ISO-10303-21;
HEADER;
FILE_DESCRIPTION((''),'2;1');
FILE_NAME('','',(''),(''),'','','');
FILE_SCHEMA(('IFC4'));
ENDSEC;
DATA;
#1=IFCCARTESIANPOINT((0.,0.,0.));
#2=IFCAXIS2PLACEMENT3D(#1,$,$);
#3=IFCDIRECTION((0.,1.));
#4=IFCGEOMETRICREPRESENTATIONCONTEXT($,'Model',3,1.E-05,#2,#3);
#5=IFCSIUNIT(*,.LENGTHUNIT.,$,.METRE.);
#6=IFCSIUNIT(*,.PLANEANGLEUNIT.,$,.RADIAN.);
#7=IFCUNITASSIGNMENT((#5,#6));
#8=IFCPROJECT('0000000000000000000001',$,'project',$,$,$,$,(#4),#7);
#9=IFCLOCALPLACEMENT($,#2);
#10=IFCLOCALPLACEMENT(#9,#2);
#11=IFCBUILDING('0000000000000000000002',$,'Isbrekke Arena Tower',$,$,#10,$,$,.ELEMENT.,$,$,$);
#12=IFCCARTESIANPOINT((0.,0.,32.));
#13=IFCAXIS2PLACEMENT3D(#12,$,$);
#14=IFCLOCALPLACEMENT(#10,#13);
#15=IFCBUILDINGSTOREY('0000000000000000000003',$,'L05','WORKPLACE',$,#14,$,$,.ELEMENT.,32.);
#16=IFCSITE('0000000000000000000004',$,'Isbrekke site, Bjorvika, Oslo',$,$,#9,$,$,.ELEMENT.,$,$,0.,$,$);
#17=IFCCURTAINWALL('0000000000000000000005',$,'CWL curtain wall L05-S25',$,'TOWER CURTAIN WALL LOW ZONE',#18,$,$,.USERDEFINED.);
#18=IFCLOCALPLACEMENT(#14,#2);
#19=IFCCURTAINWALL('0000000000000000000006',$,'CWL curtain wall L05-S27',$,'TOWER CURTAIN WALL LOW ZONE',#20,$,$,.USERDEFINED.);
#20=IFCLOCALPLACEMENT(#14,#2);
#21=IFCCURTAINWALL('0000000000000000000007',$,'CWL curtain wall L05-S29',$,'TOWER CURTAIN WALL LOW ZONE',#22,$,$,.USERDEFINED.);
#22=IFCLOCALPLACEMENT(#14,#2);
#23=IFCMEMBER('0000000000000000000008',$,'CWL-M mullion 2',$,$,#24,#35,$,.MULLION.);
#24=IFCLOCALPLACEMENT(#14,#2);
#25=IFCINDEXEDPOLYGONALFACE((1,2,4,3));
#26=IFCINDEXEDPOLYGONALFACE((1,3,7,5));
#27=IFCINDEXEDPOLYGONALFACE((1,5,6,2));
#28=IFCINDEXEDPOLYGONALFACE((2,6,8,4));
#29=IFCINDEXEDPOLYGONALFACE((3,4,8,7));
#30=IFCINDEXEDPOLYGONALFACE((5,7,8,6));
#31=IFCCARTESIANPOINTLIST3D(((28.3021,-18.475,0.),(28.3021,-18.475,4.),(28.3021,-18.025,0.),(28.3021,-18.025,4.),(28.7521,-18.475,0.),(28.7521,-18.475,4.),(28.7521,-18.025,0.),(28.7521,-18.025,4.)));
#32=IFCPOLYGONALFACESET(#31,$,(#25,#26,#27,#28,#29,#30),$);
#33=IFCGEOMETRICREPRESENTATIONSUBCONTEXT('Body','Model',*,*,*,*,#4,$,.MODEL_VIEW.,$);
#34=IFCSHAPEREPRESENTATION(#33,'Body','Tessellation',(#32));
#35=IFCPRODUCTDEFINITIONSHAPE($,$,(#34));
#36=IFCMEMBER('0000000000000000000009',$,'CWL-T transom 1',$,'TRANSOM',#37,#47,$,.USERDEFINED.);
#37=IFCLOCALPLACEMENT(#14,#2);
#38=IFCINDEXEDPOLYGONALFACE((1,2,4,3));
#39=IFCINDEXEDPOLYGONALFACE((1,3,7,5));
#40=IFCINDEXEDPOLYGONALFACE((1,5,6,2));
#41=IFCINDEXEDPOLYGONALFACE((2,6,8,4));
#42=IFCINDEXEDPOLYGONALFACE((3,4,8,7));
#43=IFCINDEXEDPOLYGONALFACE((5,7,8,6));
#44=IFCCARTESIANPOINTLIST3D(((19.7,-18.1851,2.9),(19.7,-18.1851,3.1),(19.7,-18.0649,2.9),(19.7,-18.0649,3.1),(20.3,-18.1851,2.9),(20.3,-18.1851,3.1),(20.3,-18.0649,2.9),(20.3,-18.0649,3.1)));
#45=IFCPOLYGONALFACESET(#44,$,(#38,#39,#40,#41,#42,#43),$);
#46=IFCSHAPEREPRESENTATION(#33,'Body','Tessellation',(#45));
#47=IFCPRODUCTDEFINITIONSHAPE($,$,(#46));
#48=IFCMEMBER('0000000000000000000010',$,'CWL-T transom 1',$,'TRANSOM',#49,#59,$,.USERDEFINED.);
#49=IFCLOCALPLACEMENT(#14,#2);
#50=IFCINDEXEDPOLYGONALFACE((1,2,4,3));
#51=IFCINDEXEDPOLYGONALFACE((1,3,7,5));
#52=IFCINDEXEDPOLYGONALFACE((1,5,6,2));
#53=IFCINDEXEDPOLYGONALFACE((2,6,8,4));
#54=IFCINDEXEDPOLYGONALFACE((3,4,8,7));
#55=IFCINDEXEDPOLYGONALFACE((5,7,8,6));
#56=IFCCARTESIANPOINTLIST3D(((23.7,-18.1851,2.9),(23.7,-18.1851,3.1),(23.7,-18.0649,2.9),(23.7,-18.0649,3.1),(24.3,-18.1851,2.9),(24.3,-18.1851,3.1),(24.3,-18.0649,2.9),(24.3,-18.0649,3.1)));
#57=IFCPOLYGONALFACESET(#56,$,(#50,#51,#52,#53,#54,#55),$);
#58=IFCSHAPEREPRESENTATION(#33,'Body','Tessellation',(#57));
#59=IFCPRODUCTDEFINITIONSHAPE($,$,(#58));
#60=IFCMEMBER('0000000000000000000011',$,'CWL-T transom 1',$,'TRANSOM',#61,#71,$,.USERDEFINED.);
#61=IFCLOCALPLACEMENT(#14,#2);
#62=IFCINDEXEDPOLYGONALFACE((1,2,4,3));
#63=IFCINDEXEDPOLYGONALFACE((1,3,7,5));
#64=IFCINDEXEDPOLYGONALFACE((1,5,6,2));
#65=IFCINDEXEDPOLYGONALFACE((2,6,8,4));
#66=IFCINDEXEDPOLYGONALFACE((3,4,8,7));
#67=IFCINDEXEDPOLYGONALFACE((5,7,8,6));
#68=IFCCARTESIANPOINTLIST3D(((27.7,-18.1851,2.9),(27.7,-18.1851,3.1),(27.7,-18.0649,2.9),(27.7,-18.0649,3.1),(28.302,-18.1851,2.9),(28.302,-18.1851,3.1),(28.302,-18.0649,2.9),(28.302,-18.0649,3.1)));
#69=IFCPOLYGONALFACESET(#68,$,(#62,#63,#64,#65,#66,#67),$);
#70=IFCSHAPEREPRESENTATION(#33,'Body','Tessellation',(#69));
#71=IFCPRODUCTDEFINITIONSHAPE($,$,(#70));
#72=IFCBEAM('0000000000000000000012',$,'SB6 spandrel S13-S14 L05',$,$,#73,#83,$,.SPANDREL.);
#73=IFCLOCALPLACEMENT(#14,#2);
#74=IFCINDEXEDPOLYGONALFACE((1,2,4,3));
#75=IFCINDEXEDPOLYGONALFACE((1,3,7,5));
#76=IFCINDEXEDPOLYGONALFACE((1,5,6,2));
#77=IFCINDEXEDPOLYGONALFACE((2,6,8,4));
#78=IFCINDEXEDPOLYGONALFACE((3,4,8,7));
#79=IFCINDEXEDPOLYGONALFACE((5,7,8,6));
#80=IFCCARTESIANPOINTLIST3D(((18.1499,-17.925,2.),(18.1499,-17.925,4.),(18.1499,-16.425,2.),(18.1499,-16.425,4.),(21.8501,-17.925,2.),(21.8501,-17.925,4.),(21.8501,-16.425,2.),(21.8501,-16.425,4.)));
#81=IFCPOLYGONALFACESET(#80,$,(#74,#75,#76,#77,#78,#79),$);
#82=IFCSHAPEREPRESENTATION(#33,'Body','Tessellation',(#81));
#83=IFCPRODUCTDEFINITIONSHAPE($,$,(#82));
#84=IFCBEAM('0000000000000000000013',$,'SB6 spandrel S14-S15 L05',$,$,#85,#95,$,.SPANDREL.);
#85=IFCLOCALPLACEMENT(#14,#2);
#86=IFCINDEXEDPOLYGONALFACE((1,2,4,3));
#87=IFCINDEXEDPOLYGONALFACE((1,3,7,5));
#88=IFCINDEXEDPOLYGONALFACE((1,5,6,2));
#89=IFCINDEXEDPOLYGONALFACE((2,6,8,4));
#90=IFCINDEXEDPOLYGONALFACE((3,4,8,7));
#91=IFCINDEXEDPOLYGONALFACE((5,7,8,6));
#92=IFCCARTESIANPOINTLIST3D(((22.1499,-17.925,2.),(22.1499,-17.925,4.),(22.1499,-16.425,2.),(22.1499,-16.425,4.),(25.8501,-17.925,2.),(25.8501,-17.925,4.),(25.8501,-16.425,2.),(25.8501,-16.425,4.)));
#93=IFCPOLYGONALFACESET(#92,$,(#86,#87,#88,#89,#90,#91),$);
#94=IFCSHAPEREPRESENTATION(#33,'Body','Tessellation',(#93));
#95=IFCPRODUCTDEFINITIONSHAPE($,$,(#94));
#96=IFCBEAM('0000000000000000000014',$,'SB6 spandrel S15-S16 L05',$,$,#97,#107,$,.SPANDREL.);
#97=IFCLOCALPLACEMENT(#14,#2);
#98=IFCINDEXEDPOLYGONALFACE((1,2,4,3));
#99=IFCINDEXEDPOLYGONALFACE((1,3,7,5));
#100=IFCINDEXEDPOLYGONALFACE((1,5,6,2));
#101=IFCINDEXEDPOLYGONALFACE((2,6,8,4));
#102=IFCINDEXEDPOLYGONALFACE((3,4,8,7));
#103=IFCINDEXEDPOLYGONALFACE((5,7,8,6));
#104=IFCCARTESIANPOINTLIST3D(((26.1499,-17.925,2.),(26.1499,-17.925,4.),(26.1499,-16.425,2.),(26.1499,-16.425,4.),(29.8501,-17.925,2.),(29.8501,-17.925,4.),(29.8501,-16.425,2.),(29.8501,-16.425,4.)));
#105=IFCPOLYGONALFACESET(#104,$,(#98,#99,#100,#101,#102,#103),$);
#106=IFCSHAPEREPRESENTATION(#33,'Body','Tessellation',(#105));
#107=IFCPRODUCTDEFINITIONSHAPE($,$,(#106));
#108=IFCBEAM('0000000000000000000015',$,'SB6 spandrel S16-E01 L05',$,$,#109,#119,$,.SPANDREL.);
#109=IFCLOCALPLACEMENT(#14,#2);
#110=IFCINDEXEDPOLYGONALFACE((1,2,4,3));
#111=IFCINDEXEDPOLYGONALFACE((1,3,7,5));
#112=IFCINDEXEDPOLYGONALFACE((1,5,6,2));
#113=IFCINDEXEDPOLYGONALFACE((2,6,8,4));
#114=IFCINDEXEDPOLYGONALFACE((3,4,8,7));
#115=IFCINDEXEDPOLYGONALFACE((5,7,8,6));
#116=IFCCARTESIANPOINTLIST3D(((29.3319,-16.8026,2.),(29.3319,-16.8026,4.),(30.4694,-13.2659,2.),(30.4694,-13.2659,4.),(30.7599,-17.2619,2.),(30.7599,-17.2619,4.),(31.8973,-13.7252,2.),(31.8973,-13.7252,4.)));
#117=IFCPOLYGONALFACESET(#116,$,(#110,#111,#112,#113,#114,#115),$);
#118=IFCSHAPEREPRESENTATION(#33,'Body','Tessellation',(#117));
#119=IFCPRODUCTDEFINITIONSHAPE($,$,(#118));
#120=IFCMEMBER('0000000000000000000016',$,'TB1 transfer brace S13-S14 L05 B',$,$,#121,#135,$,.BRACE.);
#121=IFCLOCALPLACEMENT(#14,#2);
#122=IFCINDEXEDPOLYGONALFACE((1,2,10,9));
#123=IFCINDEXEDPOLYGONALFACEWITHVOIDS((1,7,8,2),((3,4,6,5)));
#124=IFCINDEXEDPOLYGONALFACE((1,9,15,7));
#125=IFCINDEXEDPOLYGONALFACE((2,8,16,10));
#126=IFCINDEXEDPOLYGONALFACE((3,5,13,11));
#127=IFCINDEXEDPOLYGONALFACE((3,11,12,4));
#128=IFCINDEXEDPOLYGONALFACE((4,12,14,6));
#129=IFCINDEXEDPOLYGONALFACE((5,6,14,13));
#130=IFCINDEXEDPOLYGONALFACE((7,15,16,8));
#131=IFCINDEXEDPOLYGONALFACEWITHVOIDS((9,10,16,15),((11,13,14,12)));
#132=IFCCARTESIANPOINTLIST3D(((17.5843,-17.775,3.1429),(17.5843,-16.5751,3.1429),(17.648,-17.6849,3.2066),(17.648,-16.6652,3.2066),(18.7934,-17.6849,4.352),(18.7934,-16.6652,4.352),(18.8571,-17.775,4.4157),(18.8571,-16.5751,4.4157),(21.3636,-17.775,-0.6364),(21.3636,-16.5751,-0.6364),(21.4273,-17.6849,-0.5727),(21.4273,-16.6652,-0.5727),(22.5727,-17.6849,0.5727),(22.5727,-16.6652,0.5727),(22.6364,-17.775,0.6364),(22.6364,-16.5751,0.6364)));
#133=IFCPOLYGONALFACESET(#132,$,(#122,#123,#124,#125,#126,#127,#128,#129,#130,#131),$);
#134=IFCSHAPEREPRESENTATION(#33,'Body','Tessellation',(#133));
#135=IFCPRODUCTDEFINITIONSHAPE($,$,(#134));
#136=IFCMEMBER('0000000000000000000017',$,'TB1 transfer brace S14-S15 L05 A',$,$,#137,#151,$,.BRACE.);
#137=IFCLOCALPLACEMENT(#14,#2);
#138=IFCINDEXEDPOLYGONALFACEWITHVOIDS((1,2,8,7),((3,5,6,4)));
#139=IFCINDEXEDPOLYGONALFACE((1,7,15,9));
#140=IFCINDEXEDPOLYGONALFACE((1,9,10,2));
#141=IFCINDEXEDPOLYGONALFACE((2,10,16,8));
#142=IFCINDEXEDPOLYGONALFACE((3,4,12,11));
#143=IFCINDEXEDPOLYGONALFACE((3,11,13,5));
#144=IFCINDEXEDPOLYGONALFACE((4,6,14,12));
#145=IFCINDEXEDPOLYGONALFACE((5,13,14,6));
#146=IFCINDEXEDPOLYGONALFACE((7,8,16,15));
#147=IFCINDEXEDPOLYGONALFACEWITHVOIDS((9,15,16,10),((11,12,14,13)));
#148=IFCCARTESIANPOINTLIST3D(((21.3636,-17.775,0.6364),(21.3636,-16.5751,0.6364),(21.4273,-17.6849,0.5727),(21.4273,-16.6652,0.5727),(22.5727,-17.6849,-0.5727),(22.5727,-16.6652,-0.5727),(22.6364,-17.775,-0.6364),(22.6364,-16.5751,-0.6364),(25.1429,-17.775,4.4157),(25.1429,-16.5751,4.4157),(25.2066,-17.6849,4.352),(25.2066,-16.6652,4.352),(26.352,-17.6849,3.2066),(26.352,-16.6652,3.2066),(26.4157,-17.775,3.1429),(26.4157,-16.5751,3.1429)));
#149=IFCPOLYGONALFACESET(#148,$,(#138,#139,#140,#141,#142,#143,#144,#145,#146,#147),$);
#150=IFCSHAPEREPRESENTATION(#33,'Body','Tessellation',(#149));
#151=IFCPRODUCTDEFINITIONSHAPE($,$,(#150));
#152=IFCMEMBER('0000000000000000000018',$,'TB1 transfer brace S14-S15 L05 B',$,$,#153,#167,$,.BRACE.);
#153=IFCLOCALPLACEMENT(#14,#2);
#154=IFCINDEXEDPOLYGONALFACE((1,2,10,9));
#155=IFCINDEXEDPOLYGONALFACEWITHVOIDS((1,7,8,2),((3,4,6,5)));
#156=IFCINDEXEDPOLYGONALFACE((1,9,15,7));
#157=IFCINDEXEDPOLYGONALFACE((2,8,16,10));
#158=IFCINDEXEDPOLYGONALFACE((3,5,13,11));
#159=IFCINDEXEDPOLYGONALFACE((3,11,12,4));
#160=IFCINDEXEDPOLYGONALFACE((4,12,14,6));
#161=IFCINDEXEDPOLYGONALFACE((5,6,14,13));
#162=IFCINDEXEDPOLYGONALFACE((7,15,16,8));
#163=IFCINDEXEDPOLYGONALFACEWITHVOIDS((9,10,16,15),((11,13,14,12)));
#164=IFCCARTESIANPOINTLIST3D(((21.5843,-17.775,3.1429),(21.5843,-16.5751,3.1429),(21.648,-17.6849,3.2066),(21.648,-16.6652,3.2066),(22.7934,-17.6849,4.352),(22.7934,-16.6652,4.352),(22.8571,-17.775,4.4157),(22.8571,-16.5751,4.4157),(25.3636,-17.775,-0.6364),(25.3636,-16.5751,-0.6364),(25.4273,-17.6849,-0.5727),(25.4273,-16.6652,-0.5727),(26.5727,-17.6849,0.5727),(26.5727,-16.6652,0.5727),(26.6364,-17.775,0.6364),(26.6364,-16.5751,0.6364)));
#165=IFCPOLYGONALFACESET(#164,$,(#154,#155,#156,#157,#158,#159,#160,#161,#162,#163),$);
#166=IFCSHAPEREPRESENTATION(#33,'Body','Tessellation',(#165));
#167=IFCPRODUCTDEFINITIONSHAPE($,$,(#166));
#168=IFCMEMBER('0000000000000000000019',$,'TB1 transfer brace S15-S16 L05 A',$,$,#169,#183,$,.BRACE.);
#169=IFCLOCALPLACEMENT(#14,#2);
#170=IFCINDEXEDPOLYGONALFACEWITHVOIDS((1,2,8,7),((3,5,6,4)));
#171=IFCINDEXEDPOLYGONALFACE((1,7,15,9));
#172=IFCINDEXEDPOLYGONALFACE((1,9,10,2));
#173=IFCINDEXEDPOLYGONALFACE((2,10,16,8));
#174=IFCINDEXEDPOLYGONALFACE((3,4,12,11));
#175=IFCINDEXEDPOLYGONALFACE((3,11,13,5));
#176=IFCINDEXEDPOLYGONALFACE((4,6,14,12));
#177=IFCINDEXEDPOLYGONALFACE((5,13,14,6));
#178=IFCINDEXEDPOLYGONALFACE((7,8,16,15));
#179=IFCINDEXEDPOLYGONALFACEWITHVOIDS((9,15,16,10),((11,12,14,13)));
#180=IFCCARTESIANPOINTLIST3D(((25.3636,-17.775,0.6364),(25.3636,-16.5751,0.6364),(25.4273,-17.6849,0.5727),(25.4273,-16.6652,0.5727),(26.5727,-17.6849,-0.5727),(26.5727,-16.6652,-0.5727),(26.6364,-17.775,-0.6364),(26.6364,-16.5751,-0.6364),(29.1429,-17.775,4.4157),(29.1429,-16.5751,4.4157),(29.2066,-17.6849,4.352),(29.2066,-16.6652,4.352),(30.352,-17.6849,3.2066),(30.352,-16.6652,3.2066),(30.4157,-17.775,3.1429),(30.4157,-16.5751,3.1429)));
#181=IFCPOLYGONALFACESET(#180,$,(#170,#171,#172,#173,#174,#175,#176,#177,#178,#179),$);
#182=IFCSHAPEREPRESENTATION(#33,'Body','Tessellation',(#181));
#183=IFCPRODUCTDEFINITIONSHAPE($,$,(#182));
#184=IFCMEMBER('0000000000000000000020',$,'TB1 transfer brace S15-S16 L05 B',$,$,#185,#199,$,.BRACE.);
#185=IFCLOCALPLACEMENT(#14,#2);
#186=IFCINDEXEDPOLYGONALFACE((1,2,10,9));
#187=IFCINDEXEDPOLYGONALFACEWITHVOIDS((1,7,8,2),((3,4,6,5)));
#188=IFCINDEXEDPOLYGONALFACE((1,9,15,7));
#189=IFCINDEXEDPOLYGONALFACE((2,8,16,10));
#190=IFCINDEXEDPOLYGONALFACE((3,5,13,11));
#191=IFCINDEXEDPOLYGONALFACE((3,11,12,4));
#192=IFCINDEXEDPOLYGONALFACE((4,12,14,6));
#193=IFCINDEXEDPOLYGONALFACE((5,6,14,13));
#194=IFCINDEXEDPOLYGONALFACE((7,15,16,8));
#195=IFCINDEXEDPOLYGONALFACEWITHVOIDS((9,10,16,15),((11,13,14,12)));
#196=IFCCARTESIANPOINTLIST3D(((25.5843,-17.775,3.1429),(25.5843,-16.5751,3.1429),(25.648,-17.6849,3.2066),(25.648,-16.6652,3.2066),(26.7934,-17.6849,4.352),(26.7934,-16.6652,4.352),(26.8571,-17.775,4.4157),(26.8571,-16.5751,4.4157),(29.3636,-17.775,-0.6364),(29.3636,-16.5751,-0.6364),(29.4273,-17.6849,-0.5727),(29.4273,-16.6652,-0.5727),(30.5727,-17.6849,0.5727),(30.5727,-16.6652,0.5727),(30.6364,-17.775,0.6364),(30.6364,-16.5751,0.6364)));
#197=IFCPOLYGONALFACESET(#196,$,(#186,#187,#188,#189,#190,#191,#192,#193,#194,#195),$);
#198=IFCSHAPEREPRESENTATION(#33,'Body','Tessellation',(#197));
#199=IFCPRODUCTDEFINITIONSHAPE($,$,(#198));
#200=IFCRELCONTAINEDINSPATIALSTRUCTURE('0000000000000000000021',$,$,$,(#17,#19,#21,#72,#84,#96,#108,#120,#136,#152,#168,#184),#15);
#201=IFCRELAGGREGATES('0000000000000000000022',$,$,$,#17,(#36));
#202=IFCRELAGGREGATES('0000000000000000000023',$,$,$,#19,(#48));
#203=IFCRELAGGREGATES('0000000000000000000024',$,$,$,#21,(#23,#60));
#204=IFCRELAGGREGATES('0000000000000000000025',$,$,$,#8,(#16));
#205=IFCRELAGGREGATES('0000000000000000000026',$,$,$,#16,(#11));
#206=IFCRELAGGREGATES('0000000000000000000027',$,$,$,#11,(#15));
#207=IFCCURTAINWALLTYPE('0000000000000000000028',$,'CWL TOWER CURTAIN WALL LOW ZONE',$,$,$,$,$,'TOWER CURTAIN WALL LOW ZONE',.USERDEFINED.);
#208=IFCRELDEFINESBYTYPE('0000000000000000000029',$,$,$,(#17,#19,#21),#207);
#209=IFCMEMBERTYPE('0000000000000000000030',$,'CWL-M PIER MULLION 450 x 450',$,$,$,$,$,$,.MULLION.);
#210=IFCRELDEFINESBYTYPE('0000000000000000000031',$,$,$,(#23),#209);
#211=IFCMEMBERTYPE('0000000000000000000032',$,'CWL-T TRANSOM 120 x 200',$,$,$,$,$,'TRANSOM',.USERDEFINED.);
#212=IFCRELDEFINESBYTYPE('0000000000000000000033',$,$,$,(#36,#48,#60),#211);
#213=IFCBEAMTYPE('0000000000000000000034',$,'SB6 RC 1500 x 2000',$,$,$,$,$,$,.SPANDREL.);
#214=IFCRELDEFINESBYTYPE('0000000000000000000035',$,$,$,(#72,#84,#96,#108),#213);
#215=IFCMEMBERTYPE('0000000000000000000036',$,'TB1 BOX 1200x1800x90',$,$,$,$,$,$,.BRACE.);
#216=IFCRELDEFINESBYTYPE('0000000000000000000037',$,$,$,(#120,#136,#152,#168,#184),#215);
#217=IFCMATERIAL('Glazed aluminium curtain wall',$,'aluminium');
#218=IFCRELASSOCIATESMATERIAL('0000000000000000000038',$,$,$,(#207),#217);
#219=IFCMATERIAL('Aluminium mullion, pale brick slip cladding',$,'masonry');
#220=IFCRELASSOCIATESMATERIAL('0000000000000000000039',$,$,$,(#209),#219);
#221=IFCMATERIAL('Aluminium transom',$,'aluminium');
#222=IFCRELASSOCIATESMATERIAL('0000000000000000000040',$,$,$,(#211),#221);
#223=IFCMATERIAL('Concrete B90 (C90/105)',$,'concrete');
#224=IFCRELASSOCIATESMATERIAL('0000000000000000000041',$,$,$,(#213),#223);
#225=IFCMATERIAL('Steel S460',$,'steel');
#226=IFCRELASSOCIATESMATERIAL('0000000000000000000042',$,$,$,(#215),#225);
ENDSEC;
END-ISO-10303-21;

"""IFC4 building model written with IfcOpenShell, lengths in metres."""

from ifc_helpers import new_model, si_unit, direction, frame, origin, origin_2d, place, context, subcontext, project, spatial, rectangle, hollow_rectangle, extrude, material, material_profile, profile_set, type_object, element, aggregate, save


model = new_model("IFC4")

# Units and contexts
model_context = context("Model", 3, precision=1e-05, world=origin(), true_north=direction((0.0, 1.0)))
body_context = subcontext(model_context, "Body", "Model", "MODEL_VIEW")
ifc_project = project(units=[si_unit("LENGTHUNIT", "METRE"), si_unit("PLANEANGLEUNIT", "RADIAN")], contexts=[model_context])

# Site, building, storey
site_placement = place(None, origin())
site = spatial("IfcSite", under=ifc_project, at=site_placement, Name="Isbrekke site, Bjorvika, Oslo", CompositionType="ELEMENT", RefElevation=0.0)
building_placement = place(site_placement, origin())
building = spatial("IfcBuilding", under=site, at=building_placement, Name="Isbrekke Arena Tower", CompositionType="ELEMENT")
storey_placement = place(building_placement, frame((0.0, 0.0, 32.0)))
storey = spatial("IfcBuildingStorey", under=building, at=storey_placement, Name="L05", Description="WORKPLACE", CompositionType="ELEMENT", Elevation=32.0)

# Curtain walls, member
ifc_material_1 = material(Name="Glazed aluminium curtain wall", Category="aluminium")
curtain_wall_type = type_object("IfcCurtainWallType", Name="CWL TOWER CURTAIN WALL LOW ZONE", ElementType="TOWER CURTAIN WALL LOW ZONE", PredefinedType="USERDEFINED", material=ifc_material_1)
curtain_wall_1_placement = place(storey_placement, origin())
curtain_wall_1 = element("IfcCurtainWall", 1, at=curtain_wall_1_placement, inside=storey, type_object=curtain_wall_type, Name="CWL curtain wall L05-S25", ObjectType="TOWER CURTAIN WALL LOW ZONE", PredefinedType="USERDEFINED")
ifc_material_2 = material(Name="Aluminium mullion, pale brick slip cladding", Category="masonry")
ifc_material_profile_1 = material_profile(ifc_material_2, rectangle(XDim=0.45, YDim=0.45, at=origin_2d()), Name="PIER 450X450")
ifc_profile_set_1 = profile_set([ifc_material_profile_1], Name="Aluminium mullion, pale brick slip cladding")
member_type_1 = type_object("IfcMemberType", Name="CWL-M PIER MULLION 450 x 450", PredefinedType="MULLION", material=ifc_profile_set_1)
curtain_wall_2_placement = place(storey_placement, origin())
curtain_wall_2 = element("IfcCurtainWall", 2, at=curtain_wall_2_placement, inside=storey, type_object=curtain_wall_type, Name="CWL curtain wall L05-S27", ObjectType="TOWER CURTAIN WALL LOW ZONE", PredefinedType="USERDEFINED")
curtain_wall_3_placement = place(storey_placement, origin())
curtain_wall_3 = element("IfcCurtainWall", 3, at=curtain_wall_3_placement, inside=storey, type_object=curtain_wall_type, Name="CWL curtain wall L05-S29", ObjectType="TOWER CURTAIN WALL LOW ZONE", PredefinedType="USERDEFINED")
member_1_placement = place(storey_placement, frame((28.5271, -18.25, 0.0), z_axis=(0.0, 0.0, 1.0), x_axis=(1.0, 0.0, 0.0)))
member_1 = element("IfcMember", 4, at=member_1_placement, type_object=member_type_1, Name="CWL-M mullion 2", PredefinedType="MULLION", context=body_context, shape_type="SweptSolid", body=[
    extrude(rectangle(XDim=0.45, YDim=0.45, at=origin_2d()), origin(), (0.0, 0.0, 1.0), 4.0),
])

# Members
ifc_material_3 = material(Name="Aluminium transom", Category="aluminium")
ifc_material_profile_2 = material_profile(ifc_material_3, rectangle(XDim=0.1201, YDim=0.2, at=origin_2d()), Name="TRANSOM 120X200")
ifc_profile_set_2 = profile_set([ifc_material_profile_2], Name="Aluminium transom")
member_type_2 = type_object("IfcMemberType", Name="CWL-T TRANSOM 120 x 200", ElementType="TRANSOM", PredefinedType="USERDEFINED", material=ifc_profile_set_2)
member_2_placement = place(storey_placement, frame((19.7, -18.125, 3.0), z_axis=(1.0, 0.0, 0.0), x_axis=(0.0, 1.0, 0.0)))
member_2 = element("IfcMember", 5, at=member_2_placement, type_object=member_type_2, Name="CWL-T transom 1", ObjectType="TRANSOM", PredefinedType="USERDEFINED", context=body_context, shape_type="SweptSolid", body=[
    extrude(rectangle(XDim=0.1201, YDim=0.2, at=origin_2d()), origin(), (0.0, 0.0, 1.0), 0.6001),
])
member_3_placement = place(storey_placement, frame((23.7, -18.125, 3.0), z_axis=(1.0, 0.0, 0.0), x_axis=(0.0, 1.0, 0.0)))
member_3 = element("IfcMember", 6, at=member_3_placement, type_object=member_type_2, Name="CWL-T transom 1", ObjectType="TRANSOM", PredefinedType="USERDEFINED", context=body_context, shape_type="SweptSolid", body=[
    extrude(rectangle(XDim=0.1201, YDim=0.2, at=origin_2d()), origin(), (0.0, 0.0, 1.0), 0.6001),
])
member_4_placement = place(storey_placement, frame((27.7, -18.125, 3.0), z_axis=(1.0, 0.0, 0.0), x_axis=(0.0, 1.0, 0.0)))
member_4 = element("IfcMember", 7, at=member_4_placement, type_object=member_type_2, Name="CWL-T transom 1", ObjectType="TRANSOM", PredefinedType="USERDEFINED", context=body_context, shape_type="SweptSolid", body=[
    extrude(rectangle(XDim=0.1201, YDim=0.2, at=origin_2d()), origin(), (0.0, 0.0, 1.0), 0.6021),
])

# Beams
ifc_material_4 = material(Name="Concrete B90 (C90/105)", Category="concrete")
ifc_material_profile_3 = material_profile(ifc_material_4, rectangle(XDim=1.5, YDim=2.0, at=origin_2d()), Name="RC 1500x2000")
ifc_profile_set_3 = profile_set([ifc_material_profile_3], Name="Concrete B90 (C90/105)")
beam_type_1 = type_object("IfcBeamType", Name="SB6 RC 1500 x 2000", PredefinedType="SPANDREL", material=ifc_profile_set_3)
for number, where, z_axis, x_axis, name in (
    (8, (18.1499, -17.175, 3.0), (1.0, 0.0, 0.0), (0.0, 1.0, 0.0), "SB6 spandrel S13-S14 L05"),
    (9, (22.1499, -17.175, 3.0), (1.0, 0.0, 0.0), (0.0, 1.0, 0.0), "SB6 spandrel S14-S15 L05"),
    (10, (26.1499, -17.175, 3.0), (1.0, 0.0, 0.0), (0.0, 1.0, 0.0), "SB6 spandrel S15-S16 L05"),
):
    element("IfcBeam", number, at=place(storey_placement, frame(where, z_axis=z_axis, x_axis=x_axis)), inside=storey, type_object=beam_type_1, Name=name, PredefinedType="SPANDREL", context=body_context, shape_type="SweptSolid", body=[
        extrude(rectangle(XDim=1.5, YDim=2.0, at=origin_2d()), origin(), (0.0, 0.0, 1.0), 3.7002),
    ])
beam_placement = place(storey_placement, frame((30.0459, -17.0322, 3.0), z_axis=(0.306175, 0.951975, 0.0), x_axis=(-0.951975, 0.306175, 0.0)))
element("IfcBeam", 11, at=beam_placement, inside=storey, type_object=beam_type_1, Name="SB6 spandrel S16-E01 L05", PredefinedType="SPANDREL", context=body_context, shape_type="SweptSolid", body=[
    extrude(rectangle(XDim=1.5, YDim=2.0, at=origin_2d()), origin(), (0.0, 0.0, 1.0), 3.7151),
])

# Members
ifc_material_5 = material(Name="Steel S460", Category="steel")
ifc_material_profile_4 = material_profile(ifc_material_5, hollow_rectangle(XDim=1.2, YDim=1.8, WallThickness=0.0901, at=origin_2d()), Name="BOX 1200x1800x90")
ifc_profile_set_4 = profile_set([ifc_material_profile_4], Name="Steel S460")
member_type_3 = type_object("IfcMemberType", Name="TB1 BOX 1200x1800x90", PredefinedType="BRACE", material=ifc_profile_set_4)
for number, where, z_axis, x_axis, name in (
    (12, (18.2207, -17.175, 3.7793), (0.707107, 0.0, -0.707107), (0.0, 1.0, 0.0), "TB1 transfer brace S13-S14 L05 B"),
    (13, (22.0, -17.175, 0.0), (0.707107, 0.0, 0.707107), (0.0, 1.0, 0.0), "TB1 transfer brace S14-S15 L05 A"),
    (14, (22.2207, -17.175, 3.7793), (0.707107, 0.0, -0.707107), (0.0, 1.0, 0.0), "TB1 transfer brace S14-S15 L05 B"),
    (15, (26.0, -17.175, 0.0), (0.707107, 0.0, 0.707107), (0.0, 1.0, 0.0), "TB1 transfer brace S15-S16 L05 A"),
    (16, (26.2207, -17.175, 3.7793), (0.707107, 0.0, -0.707107), (0.0, 1.0, 0.0), "TB1 transfer brace S15-S16 L05 B"),
):
    element("IfcMember", number, at=place(storey_placement, frame(where, z_axis=z_axis, x_axis=x_axis)), inside=storey, type_object=member_type_3, Name=name, PredefinedType="BRACE", context=body_context, shape_type="SweptSolid", body=[
        extrude(hollow_rectangle(XDim=1.2, YDim=1.8, WallThickness=0.0901, at=origin_2d()), origin(), (0.0, 0.0, 1.0), 5.3447),
    ])

aggregate(curtain_wall_1, [member_2])
aggregate(curtain_wall_2, [member_3])
aggregate(curtain_wall_3, [member_1, member_4])

save(model, "model.ifc")
